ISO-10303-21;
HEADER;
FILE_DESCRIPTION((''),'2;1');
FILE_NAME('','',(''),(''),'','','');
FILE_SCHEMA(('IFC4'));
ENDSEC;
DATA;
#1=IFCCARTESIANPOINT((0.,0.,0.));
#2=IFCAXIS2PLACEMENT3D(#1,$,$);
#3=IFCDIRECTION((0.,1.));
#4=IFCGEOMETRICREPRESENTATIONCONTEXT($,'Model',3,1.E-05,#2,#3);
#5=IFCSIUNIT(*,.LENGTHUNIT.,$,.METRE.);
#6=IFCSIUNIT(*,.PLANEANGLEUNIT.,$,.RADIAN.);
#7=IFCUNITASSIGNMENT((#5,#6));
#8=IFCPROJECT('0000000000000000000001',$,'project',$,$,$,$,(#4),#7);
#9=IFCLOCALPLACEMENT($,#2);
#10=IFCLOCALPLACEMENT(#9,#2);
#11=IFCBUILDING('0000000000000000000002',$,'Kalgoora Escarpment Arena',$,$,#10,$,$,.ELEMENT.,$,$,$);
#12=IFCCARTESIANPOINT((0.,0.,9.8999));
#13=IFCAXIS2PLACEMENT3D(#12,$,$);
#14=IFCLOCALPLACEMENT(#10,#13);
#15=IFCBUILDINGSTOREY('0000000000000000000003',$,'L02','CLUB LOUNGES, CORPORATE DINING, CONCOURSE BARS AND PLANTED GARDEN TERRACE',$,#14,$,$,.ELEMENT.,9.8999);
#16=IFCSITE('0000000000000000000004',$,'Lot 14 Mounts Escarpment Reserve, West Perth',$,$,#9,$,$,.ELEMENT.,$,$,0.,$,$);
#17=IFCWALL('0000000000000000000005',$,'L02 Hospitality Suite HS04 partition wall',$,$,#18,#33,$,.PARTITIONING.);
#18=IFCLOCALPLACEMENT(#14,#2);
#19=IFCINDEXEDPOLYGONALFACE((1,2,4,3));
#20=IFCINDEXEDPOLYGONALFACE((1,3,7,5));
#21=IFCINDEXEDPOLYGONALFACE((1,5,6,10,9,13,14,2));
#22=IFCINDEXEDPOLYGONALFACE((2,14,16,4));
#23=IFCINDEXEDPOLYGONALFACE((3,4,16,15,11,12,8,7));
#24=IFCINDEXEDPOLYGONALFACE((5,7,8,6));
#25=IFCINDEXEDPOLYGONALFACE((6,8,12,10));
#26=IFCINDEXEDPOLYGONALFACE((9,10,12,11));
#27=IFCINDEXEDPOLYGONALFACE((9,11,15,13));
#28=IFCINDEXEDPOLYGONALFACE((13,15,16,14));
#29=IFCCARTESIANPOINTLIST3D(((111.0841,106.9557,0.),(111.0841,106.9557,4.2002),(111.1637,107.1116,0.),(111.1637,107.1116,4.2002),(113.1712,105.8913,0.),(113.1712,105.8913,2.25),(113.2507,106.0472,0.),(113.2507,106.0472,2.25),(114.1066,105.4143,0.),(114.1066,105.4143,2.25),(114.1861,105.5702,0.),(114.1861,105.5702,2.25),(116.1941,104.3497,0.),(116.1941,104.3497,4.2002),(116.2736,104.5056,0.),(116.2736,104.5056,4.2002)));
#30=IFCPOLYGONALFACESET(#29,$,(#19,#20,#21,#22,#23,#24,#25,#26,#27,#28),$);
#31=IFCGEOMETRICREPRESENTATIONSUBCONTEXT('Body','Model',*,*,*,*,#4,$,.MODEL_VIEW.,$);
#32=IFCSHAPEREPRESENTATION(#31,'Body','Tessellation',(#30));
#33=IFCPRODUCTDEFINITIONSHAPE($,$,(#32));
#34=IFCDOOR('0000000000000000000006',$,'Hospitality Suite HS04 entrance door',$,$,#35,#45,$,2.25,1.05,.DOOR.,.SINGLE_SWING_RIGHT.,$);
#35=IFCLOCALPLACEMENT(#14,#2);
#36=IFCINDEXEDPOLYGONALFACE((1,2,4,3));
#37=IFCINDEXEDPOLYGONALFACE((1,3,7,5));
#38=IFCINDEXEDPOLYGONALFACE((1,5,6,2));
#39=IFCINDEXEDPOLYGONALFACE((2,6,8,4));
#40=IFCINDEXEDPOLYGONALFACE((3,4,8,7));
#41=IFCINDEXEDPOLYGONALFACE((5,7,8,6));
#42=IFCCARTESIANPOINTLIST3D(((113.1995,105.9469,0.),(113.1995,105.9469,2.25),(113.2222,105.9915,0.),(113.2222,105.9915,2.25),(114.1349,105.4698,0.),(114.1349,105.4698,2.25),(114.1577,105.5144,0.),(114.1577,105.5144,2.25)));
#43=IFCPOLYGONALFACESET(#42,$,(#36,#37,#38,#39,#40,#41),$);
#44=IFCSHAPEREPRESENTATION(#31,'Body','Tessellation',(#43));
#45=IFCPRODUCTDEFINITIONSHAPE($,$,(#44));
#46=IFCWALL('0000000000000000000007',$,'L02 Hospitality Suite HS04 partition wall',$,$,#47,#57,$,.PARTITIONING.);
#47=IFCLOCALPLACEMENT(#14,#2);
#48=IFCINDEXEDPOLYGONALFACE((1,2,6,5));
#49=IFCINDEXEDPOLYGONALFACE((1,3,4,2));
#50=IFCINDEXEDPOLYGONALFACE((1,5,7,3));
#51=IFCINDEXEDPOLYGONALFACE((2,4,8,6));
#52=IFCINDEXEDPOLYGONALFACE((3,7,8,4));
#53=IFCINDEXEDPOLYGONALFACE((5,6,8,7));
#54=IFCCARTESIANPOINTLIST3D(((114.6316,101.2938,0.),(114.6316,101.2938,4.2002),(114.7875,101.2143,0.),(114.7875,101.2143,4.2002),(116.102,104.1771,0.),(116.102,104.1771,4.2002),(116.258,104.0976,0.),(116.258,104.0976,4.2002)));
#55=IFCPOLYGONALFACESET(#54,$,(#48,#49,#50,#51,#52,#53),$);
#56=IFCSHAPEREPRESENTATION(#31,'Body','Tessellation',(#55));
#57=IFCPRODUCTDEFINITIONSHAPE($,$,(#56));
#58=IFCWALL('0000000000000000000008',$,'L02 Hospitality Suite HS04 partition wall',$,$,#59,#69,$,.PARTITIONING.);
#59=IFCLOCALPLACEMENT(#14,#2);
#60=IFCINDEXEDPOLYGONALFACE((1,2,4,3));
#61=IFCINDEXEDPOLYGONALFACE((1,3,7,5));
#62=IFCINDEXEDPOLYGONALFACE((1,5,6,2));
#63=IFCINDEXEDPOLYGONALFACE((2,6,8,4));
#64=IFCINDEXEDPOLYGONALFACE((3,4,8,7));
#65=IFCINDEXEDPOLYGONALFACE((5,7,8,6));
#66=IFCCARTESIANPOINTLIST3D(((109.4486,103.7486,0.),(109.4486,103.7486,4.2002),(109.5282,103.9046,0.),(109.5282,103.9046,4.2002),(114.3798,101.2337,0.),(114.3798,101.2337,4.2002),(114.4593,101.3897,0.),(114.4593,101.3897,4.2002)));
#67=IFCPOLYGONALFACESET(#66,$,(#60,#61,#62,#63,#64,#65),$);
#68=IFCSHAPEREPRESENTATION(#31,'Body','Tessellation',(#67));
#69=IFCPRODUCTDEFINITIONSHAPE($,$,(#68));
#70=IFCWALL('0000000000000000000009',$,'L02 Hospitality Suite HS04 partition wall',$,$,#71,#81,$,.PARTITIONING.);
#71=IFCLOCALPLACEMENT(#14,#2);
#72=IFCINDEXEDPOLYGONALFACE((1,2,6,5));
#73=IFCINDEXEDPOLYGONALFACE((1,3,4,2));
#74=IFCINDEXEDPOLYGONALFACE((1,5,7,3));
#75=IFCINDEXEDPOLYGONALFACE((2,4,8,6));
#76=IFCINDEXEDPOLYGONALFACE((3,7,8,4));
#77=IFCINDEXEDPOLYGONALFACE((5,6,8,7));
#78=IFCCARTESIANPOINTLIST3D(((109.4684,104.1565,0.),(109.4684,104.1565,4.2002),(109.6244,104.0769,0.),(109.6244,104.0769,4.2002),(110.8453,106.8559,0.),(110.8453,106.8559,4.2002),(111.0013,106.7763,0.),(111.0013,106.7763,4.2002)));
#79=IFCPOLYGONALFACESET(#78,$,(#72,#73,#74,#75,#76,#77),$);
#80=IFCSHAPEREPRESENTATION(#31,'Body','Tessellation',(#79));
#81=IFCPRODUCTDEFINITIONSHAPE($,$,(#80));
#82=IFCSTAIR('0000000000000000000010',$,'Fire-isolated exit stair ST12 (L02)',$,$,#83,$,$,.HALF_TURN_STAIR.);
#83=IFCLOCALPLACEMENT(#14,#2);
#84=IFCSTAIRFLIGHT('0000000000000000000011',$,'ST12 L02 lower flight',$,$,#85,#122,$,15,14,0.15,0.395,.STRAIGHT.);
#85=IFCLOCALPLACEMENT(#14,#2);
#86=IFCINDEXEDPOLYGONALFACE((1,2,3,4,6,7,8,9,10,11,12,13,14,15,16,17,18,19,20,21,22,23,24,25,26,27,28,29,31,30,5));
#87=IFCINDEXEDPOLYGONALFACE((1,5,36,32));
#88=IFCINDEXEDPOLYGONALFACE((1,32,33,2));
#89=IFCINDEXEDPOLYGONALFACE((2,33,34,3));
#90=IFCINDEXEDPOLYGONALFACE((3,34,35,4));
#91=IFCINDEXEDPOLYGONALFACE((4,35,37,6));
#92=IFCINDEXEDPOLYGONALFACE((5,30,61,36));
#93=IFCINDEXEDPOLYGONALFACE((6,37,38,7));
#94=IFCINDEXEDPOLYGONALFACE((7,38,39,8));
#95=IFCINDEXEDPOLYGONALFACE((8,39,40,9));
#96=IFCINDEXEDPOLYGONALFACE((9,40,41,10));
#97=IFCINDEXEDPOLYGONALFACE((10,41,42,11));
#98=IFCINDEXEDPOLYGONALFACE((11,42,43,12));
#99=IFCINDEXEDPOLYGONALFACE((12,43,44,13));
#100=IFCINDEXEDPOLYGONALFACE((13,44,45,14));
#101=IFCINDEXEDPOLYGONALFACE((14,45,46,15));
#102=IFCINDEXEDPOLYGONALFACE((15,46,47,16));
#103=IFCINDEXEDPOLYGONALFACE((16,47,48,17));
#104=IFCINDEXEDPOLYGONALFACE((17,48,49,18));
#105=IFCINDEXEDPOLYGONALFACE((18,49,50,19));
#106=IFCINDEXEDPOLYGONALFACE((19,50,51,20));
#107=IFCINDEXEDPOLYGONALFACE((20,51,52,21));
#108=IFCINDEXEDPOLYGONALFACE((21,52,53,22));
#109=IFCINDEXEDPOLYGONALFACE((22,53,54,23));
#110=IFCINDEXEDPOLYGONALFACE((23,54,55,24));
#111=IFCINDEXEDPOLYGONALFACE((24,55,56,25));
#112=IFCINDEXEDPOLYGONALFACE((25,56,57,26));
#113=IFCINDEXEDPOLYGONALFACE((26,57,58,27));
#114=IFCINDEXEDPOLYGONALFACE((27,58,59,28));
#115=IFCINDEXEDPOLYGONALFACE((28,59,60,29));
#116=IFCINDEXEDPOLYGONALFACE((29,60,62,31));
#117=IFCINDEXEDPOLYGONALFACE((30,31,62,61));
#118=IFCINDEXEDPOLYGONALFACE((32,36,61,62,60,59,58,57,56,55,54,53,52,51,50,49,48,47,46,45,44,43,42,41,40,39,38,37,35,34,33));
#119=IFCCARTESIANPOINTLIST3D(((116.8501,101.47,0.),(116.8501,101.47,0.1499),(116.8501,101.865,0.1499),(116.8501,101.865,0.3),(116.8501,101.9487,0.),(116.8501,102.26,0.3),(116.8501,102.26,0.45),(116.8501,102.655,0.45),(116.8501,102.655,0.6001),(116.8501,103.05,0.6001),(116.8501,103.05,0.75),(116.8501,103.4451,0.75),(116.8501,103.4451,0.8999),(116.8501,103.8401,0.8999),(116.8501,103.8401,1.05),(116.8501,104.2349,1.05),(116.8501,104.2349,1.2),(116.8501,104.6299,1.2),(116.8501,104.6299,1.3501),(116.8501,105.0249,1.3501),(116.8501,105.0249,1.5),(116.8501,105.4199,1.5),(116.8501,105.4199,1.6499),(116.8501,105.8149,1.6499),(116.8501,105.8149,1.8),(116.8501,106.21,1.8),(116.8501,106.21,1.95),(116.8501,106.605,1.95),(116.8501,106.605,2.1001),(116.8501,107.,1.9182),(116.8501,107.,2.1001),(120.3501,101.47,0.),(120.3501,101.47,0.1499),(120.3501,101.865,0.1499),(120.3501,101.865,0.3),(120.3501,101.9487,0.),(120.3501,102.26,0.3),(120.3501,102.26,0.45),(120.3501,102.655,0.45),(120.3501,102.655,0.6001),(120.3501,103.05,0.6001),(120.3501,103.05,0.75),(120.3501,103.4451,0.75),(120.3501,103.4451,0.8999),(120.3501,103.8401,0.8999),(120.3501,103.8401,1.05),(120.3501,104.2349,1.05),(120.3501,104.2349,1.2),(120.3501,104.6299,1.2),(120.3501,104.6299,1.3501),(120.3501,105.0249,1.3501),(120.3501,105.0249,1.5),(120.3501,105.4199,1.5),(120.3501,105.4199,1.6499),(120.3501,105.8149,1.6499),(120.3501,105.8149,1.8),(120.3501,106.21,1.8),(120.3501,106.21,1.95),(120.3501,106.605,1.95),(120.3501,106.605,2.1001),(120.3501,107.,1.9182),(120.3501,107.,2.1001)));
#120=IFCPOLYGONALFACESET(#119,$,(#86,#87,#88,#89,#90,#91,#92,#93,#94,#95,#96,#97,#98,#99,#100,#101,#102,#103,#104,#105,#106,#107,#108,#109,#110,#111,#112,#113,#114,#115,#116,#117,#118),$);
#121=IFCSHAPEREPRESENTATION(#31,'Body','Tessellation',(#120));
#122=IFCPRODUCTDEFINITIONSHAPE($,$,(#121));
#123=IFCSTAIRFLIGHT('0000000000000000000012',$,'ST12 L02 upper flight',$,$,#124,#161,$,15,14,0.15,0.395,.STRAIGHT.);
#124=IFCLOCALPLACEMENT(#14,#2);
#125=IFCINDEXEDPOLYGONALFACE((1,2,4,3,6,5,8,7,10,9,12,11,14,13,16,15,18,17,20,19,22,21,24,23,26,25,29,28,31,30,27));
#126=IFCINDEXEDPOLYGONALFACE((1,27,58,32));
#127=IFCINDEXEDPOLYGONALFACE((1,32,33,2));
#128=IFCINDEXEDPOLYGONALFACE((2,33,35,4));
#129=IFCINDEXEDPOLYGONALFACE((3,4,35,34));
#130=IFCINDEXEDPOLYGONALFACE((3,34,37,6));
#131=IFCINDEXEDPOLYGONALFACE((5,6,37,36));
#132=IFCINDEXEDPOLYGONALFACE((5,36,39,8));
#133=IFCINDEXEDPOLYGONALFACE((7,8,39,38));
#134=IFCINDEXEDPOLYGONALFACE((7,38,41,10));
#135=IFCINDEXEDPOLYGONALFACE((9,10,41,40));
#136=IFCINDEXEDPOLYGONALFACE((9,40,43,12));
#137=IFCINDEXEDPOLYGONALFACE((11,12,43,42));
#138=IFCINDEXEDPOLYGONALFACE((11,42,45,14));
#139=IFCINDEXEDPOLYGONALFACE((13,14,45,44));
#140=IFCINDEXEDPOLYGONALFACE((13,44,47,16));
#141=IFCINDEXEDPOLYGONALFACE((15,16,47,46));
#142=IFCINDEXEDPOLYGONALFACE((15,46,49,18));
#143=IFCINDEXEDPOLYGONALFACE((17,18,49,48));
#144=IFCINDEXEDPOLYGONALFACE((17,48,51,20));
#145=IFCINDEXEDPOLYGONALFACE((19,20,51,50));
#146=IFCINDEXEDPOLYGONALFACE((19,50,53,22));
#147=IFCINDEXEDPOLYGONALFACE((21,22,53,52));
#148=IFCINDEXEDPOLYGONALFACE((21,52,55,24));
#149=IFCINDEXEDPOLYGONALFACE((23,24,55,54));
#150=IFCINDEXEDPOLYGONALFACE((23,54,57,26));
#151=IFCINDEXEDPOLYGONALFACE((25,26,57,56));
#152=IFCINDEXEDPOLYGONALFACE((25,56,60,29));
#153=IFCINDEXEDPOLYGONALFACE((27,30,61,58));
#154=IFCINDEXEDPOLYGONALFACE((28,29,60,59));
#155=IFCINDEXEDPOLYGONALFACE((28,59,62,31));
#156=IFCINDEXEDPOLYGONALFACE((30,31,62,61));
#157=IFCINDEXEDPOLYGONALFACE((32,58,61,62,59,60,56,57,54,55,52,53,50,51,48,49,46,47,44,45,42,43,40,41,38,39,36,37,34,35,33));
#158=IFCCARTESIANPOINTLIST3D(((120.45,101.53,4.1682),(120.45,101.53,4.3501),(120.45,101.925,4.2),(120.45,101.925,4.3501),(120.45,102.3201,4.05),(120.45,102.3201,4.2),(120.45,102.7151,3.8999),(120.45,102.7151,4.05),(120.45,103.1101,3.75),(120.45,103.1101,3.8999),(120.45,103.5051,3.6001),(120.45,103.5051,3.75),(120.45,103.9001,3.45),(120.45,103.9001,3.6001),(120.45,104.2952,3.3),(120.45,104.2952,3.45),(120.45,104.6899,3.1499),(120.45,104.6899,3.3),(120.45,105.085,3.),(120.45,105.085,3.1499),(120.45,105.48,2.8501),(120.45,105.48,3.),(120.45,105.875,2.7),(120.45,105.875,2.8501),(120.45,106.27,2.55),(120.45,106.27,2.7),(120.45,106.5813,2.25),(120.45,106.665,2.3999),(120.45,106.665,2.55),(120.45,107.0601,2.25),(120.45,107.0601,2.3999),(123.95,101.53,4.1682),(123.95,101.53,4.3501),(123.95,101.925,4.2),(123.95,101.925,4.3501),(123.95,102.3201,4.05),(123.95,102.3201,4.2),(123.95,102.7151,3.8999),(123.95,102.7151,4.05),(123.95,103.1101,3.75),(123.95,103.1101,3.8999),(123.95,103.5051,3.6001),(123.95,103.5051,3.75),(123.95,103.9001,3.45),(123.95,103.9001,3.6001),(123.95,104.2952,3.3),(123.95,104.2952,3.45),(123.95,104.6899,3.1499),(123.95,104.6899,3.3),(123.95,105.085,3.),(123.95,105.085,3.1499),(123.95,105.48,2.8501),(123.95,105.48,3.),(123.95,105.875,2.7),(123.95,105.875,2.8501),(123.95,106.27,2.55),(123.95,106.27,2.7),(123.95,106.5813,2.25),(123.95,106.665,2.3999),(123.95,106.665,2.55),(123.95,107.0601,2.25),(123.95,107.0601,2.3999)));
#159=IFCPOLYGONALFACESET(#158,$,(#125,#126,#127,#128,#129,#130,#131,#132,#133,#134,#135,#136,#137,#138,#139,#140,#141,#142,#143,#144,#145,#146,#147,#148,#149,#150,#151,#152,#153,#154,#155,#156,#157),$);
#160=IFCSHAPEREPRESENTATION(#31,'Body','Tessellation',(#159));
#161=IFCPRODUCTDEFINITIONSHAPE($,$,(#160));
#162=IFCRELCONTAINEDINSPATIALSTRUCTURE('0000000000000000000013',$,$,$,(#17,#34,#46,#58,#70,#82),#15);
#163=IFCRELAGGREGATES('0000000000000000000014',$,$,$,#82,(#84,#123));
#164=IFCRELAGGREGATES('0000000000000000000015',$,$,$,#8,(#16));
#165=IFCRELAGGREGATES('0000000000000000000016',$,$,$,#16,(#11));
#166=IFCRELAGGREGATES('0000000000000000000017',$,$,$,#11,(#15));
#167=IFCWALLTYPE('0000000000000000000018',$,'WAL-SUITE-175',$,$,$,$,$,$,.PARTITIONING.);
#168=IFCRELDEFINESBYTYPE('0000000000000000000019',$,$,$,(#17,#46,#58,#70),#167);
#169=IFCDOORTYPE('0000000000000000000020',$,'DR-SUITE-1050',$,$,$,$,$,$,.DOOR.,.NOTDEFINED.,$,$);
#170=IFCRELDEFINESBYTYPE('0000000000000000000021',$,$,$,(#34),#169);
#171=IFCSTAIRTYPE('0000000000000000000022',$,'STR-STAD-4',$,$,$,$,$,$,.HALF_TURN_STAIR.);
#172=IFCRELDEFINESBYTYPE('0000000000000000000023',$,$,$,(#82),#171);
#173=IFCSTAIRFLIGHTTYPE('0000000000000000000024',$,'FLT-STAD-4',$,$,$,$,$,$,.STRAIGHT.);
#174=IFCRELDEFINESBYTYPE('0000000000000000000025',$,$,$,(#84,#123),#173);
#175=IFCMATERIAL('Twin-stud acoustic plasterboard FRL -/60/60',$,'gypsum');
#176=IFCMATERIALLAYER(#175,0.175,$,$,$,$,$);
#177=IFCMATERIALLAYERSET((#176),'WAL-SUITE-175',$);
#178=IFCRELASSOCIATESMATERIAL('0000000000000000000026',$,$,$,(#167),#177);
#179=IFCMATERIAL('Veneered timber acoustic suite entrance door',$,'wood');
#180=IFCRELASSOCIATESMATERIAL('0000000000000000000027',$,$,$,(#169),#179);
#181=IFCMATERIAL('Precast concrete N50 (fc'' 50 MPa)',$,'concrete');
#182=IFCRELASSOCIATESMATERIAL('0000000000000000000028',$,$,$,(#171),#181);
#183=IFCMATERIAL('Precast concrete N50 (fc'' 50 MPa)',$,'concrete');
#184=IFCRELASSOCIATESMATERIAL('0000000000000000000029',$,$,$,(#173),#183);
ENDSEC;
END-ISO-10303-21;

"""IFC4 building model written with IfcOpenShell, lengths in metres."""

from ifc_helpers import new_model, si_unit, direction, frame, frame_2d, origin, place, context, subcontext, project, spatial, polyline, rectangle, outline, extrude, material, layer, layer_set, type_object, element, fill, aggregate, save


model = new_model("IFC4")

# Units and contexts
model_context = context("Model", 3, precision=1e-05, world=origin(), true_north=direction((0.0, 1.0)))
body_context = subcontext(model_context, "Body", "Model", "MODEL_VIEW")
ifc_project = project(units=[si_unit("LENGTHUNIT", "METRE"), si_unit("PLANEANGLEUNIT", "RADIAN")], contexts=[model_context])

# Site, building, storey
site_placement = place(None, origin())
site = spatial("IfcSite", under=ifc_project, at=site_placement, Name="Lot 14 Mounts Escarpment Reserve, West Perth", CompositionType="ELEMENT", RefElevation=0.0)
building_placement = place(site_placement, origin())
building = spatial("IfcBuilding", under=site, at=building_placement, Name="Kalgoora Escarpment Arena", CompositionType="ELEMENT")
storey_placement = place(building_placement, frame((0.0, 0.0, 9.8999)))
storey = spatial("IfcBuildingStorey", under=building, at=storey_placement, Name="L02", Description="CLUB LOUNGES, CORPORATE DINING, CONCOURSE BARS AND PLANTED GARDEN TERRACE", CompositionType="ELEMENT", Elevation=9.8999)

# Wall, opening, door
ifc_material_1 = material(Name="Twin-stud acoustic plasterboard FRL -/60/60", Category="gypsum")
ifc_layer_1 = layer(ifc_material_1, 0.175)
ifc_layer_set_1 = layer_set([ifc_layer_1], Name="WAL-SUITE-175")
wall_type_1 = type_object("IfcWallType", Name="WAL-SUITE-175", PredefinedType="PARTITIONING", material=ifc_layer_set_1)
wall_1_placement = place(storey_placement, frame((111.1238, 107.0337, 0.0), z_axis=(0.0, 0.0, 1.0), x_axis=(0.890841, -0.454316, 0.0)))
wall_1 = element("IfcWall", 1, at=wall_1_placement, inside=storey, type_object=wall_type_1, Name="L02 Hospitality Suite HS04 partition wall", PredefinedType="PARTITIONING", context=body_context, shape_type="SweptSolid", body=[
    extrude(rectangle(XDim=5.7361, YDim=0.175, at=frame_2d((2.8682, 0.0))), origin(), (0.0, 0.0, 1.0), 4.2002),
])
opening_1_placement = place(wall_1_placement, frame((2.343, 0.0, 0.0)))
opening_1 = element("IfcOpeningElement", 2, at=opening_1_placement, cuts=wall_1, PredefinedType="OPENING", context=body_context, shape_type="SweptSolid", body=[
    extrude(rectangle(XDim=1.05, YDim=2.25, at=frame_2d((0.5249, 1.125))), frame((0.0, 0.0974, 0.0), z_axis=(0.0, -1.0, 0.0), x_axis=(1.0, 0.0, 0.0)), (0.0, 0.0, 1.0), 0.1951),
])
ifc_material_2 = material(Name="Veneered timber acoustic suite entrance door", Category="wood")
door_type_1 = type_object("IfcDoorType", Name="DR-SUITE-1050", OperationType="NOTDEFINED", PredefinedType="DOOR", material=ifc_material_2)
door_1_placement = place(opening_1_placement, origin())
door_1 = element("IfcDoor", 3, at=door_1_placement, inside=storey, type_object=door_type_1, Name="Hospitality Suite HS04 entrance door", OperationType="SINGLE_SWING_RIGHT", OverallHeight=2.25, OverallWidth=1.05, PredefinedType="DOOR", context=body_context, shape_type="SweptSolid", body=[
    extrude(rectangle(XDim=1.05, YDim=2.25, at=frame_2d((0.5249, 1.125))), frame((0.0, 0.0249, 0.0), z_axis=(0.0, -1.0, 0.0), x_axis=(1.0, 0.0, 0.0)), (0.0, 0.0, 1.0), 0.05),
])
fill(opening_1, door_1)

# Walls
wall_2_placement = place(storey_placement, frame((116.1799, 104.1372, 0.0), z_axis=(0.0, 0.0, 1.0), x_axis=(-0.45432, -0.890839, 0.0)))
element("IfcWall", 4, at=wall_2_placement, inside=storey, type_object=wall_type_1, Name="L02 Hospitality Suite HS04 partition wall", PredefinedType="PARTITIONING", context=body_context, shape_type="SweptSolid", body=[
    extrude(rectangle(XDim=3.2366, YDim=0.175, at=frame_2d((1.6182, 0.0))), origin(), (0.0, 0.0, 1.0), 4.2002),
])
wall_3_placement = place(storey_placement, frame((114.4194, 101.3118, 0.0), z_axis=(0.0, 0.0, 1.0), x_axis=(-0.890835, 0.454327, 0.0)))
element("IfcWall", 5, at=wall_3_placement, inside=storey, type_object=wall_type_1, Name="L02 Hospitality Suite HS04 partition wall", PredefinedType="PARTITIONING", context=body_context, shape_type="SweptSolid", body=[
    extrude(rectangle(XDim=5.5354, YDim=0.175, at=frame_2d((2.7676, 0.0))), origin(), (0.0, 0.0, 1.0), 4.2002),
])
wall_4_placement = place(storey_placement, frame((109.5464, 104.1167, 0.0), z_axis=(0.0, 0.0, 1.0), x_axis=(0.454386, 0.890805, 0.0)))
element("IfcWall", 6, at=wall_4_placement, inside=storey, type_object=wall_type_1, Name="L02 Hospitality Suite HS04 partition wall", PredefinedType="PARTITIONING", context=body_context, shape_type="SweptSolid", body=[
    extrude(rectangle(XDim=3.0303, YDim=0.175, at=frame_2d((1.5151, 0.0))), origin(), (0.0, 0.0, 1.0), 4.2002),
])

# Stair, stair flights
ifc_material_3 = material(Name="Precast concrete N50 (fc' 50 MPa)", Category="concrete")
stair_type = type_object("IfcStairType", Name="STR-STAD-4", PredefinedType="HALF_TURN_STAIR", material=ifc_material_3)
stair_placement = place(storey_placement, origin())
stair = element("IfcStair", 7, at=stair_placement, inside=storey, type_object=stair_type, Name="Fire-isolated exit stair ST12 (L02)", PredefinedType="HALF_TURN_STAIR")
ifc_material_4 = material(Name="Precast concrete N50 (fc' 50 MPa)", Category="concrete")
stair_flight_type = type_object("IfcStairFlightType", Name="FLT-STAD-4", PredefinedType="STRAIGHT", material=ifc_material_4)
stair_flight_1_placement = place(storey_placement, frame((118.6001, 101.47, 0.0), z_axis=(0.0, 0.0, 1.0), x_axis=(0.0, 1.0, 0.0)))
stair_flight_1 = element("IfcStairFlight", 8, at=stair_flight_1_placement, type_object=stair_flight_type, Name="ST12 L02 lower flight", NumberOfRisers=15, NumberOfTreads=14, PredefinedType="STRAIGHT", RiserHeight=0.15, TreadLength=0.395, context=body_context, shape_type="SweptSolid", body=[
    extrude(outline(polyline([(0.0, 0.0), (0.0, 0.1499), (0.395, 0.1499), (0.395, 0.3), (0.79, 0.3), (0.79, 0.45), (1.1851, 0.45), (1.1851, 0.6001), (1.5801, 0.6001), (1.5801, 0.75), (1.9751, 0.75), (1.9751, 0.8999), (2.3701, 0.8999), (2.3701, 1.05), (2.7649, 1.05), (2.7649, 1.2), (3.1599, 1.2), (3.1599, 1.3501), (3.5549, 1.3501), (3.5549, 1.5), (3.95, 1.5), (3.95, 1.6499), (4.345, 1.6499), (4.345, 1.8), (4.74, 1.8), (4.74, 1.95), (5.135, 1.95), (5.135, 2.1001), (5.53, 2.1001), (5.53, 2.25), (5.53, 1.9182), (0.4788, 0.0), (0.0, 0.0)])), frame((0.0, 1.75, 0.0), z_axis=(0.0, -1.0, 0.0), x_axis=(1.0, 0.0, 0.0)), (0.0, 0.0, 1.0), 3.5),
])
stair_flight_2_placement = place(storey_placement, frame((122.2, 107.0601, 2.25), z_axis=(0.0, 0.0, 1.0), x_axis=(0.0, -1.0, 0.0)))
stair_flight_2 = element("IfcStairFlight", 9, at=stair_flight_2_placement, type_object=stair_flight_type, Name="ST12 L02 upper flight", NumberOfRisers=15, NumberOfTreads=14, PredefinedType="STRAIGHT", RiserHeight=0.15, TreadLength=0.395, context=body_context, shape_type="SweptSolid", body=[
    extrude(outline(polyline([(0.0, 0.0), (0.0, 0.1499), (0.395, 0.1499), (0.395, 0.3), (0.79, 0.3), (0.79, 0.45), (1.1851, 0.45), (1.1851, 0.6001), (1.5801, 0.6001), (1.5801, 0.75), (1.9751, 0.75), (1.9751, 0.8999), (2.3701, 0.8999), (2.3701, 1.05), (2.7649, 1.05), (2.7649, 1.2), (3.1599, 1.2), (3.1599, 1.3501), (3.5549, 1.3501), (3.5549, 1.5), (3.95, 1.5), (3.95, 1.6499), (4.345, 1.6499), (4.345, 1.8), (4.74, 1.8), (4.74, 1.95), (5.135, 1.95), (5.135, 2.1001), (5.53, 2.1001), (5.53, 2.25), (5.53, 1.9182), (0.4788, 0.0), (0.0, 0.0)])), frame((0.0, 1.75, 0.0), z_axis=(0.0, -1.0, 0.0), x_axis=(1.0, 0.0, 0.0)), (0.0, 0.0, 1.0), 3.5),
])
aggregate(stair, [stair_flight_1, stair_flight_2])

save(model, "model.ifc")
